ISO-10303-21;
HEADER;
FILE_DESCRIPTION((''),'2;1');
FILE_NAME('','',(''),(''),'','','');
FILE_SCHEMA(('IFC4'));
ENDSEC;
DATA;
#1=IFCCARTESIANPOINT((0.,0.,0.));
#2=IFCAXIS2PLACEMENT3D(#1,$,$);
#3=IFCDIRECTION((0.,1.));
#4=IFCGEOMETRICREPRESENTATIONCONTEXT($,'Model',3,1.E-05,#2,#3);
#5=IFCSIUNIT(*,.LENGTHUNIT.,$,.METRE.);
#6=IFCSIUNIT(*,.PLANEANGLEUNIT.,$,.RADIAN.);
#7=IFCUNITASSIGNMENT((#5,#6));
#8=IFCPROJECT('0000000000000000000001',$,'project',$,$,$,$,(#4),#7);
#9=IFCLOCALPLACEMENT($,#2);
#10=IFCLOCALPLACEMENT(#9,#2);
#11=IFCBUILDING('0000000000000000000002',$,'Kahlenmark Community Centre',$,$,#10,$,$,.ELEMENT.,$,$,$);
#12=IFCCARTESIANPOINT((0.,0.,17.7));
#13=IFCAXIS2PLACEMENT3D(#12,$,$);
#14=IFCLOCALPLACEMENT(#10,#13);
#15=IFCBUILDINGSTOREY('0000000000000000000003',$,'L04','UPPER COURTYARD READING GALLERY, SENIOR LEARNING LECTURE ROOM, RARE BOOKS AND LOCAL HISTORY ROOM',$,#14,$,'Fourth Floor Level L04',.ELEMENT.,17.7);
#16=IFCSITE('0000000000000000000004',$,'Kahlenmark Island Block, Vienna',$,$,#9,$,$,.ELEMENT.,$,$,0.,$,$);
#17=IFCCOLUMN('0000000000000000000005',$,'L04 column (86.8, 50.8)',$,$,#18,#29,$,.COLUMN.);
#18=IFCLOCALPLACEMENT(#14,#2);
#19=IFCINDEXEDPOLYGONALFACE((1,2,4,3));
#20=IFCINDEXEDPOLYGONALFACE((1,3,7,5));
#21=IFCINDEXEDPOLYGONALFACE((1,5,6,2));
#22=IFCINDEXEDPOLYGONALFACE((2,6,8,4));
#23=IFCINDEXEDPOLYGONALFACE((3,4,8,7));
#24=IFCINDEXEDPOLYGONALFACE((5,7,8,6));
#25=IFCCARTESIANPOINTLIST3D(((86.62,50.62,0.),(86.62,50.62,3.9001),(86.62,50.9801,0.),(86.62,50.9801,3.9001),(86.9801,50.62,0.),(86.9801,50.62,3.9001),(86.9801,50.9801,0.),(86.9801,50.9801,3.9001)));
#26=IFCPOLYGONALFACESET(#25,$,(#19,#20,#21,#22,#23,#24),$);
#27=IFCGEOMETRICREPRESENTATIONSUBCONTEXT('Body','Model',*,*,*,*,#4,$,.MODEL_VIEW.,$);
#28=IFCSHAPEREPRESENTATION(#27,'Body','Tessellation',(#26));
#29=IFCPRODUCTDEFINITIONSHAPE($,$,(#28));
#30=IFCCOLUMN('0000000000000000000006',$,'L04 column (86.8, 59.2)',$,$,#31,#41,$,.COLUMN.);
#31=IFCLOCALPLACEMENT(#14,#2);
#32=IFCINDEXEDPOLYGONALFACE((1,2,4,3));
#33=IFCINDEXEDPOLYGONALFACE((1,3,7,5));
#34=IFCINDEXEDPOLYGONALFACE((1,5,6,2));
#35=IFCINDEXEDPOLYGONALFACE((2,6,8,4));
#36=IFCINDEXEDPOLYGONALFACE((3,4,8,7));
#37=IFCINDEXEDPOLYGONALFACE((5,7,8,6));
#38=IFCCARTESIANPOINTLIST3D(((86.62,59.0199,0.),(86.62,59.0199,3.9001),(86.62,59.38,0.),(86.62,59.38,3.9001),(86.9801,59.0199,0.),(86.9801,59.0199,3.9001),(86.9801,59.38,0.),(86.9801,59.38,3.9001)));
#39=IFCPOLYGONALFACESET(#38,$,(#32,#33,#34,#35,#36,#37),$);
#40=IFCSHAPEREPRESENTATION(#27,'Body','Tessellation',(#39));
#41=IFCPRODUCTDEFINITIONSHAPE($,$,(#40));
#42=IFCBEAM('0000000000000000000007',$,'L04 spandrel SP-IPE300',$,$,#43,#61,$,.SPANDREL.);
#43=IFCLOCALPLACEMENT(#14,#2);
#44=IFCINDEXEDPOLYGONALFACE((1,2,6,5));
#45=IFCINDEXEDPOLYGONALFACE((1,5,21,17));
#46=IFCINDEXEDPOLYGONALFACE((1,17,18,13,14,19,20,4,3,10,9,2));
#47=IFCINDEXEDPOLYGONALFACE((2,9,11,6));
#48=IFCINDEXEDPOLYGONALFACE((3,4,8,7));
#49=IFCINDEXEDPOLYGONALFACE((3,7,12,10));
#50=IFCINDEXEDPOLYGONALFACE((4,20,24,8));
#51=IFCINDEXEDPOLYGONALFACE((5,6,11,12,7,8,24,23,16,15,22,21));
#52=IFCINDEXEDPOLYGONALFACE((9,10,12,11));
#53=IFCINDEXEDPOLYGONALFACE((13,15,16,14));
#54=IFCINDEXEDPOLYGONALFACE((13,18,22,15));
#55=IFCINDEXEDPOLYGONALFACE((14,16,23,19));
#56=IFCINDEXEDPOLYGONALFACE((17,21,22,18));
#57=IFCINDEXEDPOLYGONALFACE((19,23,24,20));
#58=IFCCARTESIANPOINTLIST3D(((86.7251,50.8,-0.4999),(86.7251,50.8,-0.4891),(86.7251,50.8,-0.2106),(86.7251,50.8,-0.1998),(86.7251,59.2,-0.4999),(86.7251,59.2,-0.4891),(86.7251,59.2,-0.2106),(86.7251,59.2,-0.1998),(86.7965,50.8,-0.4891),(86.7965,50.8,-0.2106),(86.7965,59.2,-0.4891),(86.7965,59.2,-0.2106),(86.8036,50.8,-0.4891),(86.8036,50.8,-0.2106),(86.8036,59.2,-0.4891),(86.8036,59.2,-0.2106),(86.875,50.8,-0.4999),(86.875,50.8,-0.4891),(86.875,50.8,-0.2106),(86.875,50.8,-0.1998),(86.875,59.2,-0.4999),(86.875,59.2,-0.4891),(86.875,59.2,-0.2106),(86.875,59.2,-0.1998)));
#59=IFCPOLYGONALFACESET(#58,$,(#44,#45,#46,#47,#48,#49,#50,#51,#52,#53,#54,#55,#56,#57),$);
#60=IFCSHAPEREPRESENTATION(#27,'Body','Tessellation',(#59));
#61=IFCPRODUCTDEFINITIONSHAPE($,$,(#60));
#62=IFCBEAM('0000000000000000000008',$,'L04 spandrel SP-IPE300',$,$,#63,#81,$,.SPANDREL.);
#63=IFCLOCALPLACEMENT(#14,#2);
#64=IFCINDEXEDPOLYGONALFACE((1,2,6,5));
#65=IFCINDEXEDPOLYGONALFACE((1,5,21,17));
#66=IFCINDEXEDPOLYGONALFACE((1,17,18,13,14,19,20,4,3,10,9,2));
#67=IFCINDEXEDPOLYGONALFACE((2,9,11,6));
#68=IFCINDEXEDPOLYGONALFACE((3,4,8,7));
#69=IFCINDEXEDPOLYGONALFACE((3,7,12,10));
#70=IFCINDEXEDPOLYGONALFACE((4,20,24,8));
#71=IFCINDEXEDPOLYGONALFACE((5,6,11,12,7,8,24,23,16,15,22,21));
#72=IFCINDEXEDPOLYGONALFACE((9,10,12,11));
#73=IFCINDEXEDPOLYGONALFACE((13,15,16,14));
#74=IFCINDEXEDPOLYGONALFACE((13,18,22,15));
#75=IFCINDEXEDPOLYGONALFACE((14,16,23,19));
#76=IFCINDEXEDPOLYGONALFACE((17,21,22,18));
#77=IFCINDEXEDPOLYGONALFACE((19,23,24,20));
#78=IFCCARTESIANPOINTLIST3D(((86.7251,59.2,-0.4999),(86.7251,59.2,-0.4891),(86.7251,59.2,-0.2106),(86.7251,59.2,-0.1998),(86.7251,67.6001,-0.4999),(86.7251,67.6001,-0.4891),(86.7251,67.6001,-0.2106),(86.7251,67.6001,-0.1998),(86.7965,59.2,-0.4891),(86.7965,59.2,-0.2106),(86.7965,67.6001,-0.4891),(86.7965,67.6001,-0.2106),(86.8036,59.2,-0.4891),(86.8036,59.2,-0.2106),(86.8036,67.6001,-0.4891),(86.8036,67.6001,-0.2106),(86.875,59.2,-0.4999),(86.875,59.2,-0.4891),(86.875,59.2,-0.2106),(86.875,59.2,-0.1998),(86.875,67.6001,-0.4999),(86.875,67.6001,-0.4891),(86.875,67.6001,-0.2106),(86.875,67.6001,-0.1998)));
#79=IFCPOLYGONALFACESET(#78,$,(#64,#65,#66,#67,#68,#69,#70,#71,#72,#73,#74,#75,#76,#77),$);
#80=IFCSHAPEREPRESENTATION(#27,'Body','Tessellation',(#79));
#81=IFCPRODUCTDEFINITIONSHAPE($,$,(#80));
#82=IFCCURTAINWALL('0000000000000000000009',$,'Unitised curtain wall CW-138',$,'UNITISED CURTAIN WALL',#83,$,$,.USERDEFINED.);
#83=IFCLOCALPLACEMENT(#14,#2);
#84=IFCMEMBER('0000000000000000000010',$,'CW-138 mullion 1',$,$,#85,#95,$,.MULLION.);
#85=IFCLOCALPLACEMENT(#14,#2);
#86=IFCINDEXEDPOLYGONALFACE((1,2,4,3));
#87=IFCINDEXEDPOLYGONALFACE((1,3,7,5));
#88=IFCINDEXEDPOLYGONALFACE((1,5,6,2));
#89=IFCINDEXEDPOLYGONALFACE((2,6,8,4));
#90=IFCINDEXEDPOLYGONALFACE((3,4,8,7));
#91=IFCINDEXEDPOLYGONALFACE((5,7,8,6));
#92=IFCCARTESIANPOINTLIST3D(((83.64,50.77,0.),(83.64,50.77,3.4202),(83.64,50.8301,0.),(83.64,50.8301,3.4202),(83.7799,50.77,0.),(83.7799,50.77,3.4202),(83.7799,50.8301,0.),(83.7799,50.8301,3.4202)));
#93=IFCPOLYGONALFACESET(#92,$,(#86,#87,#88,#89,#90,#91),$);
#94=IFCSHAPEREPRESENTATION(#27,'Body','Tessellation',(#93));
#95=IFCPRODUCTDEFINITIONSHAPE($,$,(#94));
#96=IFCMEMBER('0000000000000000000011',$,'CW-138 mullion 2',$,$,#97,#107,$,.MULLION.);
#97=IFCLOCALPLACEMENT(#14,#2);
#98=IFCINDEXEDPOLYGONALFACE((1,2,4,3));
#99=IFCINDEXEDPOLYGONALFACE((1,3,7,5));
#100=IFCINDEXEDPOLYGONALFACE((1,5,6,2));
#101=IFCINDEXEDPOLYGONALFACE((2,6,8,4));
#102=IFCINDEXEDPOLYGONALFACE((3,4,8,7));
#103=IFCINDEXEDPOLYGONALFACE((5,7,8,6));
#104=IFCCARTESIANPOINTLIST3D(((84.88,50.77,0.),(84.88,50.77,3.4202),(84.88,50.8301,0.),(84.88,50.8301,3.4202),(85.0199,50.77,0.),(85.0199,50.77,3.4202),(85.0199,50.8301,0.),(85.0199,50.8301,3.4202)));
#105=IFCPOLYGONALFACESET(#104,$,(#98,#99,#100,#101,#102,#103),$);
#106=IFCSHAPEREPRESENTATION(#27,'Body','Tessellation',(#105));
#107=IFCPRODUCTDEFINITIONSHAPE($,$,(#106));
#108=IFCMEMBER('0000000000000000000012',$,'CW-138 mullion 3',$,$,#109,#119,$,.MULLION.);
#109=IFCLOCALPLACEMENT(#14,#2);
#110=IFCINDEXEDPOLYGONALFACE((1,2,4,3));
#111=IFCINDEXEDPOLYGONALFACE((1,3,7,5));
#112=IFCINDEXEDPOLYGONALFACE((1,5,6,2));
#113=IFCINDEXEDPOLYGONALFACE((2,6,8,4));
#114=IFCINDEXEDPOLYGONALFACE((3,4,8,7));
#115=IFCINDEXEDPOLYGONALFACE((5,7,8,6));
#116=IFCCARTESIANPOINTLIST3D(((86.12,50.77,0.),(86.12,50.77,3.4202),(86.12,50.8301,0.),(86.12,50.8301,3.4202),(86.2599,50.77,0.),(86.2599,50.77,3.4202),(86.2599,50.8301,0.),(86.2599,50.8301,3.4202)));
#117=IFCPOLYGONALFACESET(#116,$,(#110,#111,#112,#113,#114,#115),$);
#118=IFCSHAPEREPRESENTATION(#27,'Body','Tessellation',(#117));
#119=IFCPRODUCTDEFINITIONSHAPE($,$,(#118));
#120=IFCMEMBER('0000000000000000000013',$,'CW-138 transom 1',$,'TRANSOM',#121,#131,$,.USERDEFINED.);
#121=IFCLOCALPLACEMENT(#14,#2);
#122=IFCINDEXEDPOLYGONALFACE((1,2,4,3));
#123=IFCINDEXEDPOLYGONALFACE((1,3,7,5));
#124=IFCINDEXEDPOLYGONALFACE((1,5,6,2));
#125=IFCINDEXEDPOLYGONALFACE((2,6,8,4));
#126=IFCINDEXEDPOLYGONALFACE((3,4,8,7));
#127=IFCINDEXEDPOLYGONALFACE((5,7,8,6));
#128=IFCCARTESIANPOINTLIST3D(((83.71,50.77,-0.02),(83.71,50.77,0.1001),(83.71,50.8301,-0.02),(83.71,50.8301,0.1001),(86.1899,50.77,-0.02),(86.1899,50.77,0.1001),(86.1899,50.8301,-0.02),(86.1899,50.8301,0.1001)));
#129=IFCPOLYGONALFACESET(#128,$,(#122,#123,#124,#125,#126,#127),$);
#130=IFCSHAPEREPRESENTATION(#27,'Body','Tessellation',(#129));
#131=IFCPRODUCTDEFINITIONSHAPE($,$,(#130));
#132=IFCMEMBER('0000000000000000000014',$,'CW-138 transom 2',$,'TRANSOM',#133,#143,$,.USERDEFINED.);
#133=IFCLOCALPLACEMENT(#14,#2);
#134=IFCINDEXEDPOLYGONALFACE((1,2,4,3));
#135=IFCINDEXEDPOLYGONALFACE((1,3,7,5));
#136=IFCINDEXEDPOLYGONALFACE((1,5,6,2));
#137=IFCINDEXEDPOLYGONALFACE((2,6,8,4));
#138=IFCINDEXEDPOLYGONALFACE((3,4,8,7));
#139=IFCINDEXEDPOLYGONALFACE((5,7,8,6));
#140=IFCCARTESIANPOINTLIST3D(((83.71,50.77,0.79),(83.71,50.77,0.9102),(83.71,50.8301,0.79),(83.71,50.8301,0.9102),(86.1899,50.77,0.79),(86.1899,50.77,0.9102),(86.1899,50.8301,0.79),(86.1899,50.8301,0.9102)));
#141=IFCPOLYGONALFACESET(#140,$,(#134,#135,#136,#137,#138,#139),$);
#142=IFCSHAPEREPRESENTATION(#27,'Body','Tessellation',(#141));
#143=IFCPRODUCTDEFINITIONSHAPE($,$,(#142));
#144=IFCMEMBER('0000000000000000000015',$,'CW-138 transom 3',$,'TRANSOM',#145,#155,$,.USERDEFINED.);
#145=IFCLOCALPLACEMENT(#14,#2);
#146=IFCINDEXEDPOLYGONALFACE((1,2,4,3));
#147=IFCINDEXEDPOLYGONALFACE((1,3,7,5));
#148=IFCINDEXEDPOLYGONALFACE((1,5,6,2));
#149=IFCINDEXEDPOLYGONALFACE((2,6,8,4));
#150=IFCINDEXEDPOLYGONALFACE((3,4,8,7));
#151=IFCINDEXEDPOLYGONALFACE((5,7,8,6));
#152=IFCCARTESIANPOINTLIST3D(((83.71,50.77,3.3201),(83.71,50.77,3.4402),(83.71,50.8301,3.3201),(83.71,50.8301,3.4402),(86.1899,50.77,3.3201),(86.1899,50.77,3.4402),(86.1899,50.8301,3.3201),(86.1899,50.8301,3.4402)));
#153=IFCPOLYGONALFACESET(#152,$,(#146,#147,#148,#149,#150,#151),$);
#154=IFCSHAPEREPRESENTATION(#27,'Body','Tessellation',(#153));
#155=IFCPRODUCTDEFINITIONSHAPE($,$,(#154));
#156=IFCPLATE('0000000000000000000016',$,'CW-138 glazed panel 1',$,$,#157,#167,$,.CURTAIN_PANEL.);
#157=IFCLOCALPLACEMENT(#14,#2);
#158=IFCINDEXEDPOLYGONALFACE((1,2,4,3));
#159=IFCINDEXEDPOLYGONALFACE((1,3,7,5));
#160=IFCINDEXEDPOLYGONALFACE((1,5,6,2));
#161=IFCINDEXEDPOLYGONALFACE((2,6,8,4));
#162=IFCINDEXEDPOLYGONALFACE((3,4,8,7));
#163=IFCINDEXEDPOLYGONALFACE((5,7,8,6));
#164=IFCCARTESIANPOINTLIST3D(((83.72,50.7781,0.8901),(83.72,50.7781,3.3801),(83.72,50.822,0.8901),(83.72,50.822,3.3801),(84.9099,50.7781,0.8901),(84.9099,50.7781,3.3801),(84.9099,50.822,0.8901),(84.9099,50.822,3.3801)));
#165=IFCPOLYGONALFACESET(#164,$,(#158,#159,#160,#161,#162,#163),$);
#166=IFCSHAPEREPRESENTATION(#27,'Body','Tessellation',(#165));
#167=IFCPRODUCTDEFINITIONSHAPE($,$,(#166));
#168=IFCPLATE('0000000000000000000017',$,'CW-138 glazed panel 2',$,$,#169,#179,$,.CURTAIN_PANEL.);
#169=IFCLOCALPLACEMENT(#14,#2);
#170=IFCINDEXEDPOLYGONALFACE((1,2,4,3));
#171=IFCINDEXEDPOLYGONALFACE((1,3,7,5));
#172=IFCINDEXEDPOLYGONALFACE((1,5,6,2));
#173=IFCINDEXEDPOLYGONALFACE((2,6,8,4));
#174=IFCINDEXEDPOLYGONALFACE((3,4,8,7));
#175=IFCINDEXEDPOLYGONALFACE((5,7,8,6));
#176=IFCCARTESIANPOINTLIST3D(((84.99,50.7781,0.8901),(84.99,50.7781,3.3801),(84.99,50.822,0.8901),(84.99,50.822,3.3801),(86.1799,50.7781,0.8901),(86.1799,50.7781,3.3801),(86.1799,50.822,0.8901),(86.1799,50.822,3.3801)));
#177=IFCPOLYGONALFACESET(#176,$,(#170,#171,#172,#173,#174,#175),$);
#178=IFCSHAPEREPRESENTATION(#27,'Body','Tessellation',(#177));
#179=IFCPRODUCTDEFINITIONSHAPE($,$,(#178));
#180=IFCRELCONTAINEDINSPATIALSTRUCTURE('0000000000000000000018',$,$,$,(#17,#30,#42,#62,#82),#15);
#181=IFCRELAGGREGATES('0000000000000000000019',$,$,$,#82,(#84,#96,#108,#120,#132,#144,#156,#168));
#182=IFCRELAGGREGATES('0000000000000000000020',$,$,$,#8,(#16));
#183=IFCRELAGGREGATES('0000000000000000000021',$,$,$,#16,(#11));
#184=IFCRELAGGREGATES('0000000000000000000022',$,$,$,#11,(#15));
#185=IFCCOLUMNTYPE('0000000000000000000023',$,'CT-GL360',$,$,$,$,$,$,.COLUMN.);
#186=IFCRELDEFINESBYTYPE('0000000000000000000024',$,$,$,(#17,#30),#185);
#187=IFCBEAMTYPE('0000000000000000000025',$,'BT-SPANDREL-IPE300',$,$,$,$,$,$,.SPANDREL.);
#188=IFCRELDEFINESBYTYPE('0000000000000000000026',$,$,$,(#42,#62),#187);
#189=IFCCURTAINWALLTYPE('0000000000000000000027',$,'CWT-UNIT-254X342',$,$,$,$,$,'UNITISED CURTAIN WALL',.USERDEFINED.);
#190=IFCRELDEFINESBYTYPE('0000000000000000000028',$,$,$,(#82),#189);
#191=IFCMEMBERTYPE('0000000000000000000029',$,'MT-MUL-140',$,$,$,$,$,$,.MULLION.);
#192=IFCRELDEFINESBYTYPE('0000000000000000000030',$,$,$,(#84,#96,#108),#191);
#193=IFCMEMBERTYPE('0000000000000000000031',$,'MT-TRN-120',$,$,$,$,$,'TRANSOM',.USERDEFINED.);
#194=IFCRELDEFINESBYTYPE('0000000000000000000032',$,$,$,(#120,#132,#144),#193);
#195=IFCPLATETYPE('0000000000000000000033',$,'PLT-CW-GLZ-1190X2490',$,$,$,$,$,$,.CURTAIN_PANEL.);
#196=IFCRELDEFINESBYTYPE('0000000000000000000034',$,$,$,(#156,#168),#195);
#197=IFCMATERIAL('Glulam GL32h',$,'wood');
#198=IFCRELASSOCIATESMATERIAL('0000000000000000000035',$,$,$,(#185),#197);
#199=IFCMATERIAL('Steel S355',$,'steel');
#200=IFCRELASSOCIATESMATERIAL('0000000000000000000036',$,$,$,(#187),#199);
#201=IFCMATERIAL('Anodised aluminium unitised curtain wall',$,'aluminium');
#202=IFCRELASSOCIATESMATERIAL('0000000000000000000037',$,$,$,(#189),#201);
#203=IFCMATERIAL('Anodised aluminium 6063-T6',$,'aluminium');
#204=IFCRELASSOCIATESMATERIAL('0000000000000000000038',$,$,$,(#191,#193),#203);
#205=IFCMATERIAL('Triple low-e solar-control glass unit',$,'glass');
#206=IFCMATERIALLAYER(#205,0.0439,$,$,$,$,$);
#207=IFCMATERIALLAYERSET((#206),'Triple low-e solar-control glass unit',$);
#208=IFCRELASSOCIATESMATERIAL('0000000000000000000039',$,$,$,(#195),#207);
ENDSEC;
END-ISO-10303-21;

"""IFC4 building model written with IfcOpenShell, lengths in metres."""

from ifc_helpers import new_model, si_unit, direction, frame, origin, origin_2d, place, context, subcontext, project, spatial, rectangle, i_section, extrude, material, layer, layer_set, material_profile, profile_set, type_object, element, aggregate, save


model = new_model("IFC4")

# Units and contexts
model_context = context("Model", 3, precision=1e-05, world=origin(), true_north=direction((0.0, 1.0)))
body_context = subcontext(model_context, "Body", "Model", "MODEL_VIEW")
ifc_project = project(units=[si_unit("LENGTHUNIT", "METRE"), si_unit("PLANEANGLEUNIT", "RADIAN")], contexts=[model_context])

# Site, building, storey
site_placement = place(None, origin())
site = spatial("IfcSite", under=ifc_project, at=site_placement, Name="Kahlenmark Island Block, Vienna", CompositionType="ELEMENT", RefElevation=0.0)
building_placement = place(site_placement, origin())
building = spatial("IfcBuilding", under=site, at=building_placement, Name="Kahlenmark Community Centre", CompositionType="ELEMENT")
storey_placement = place(building_placement, frame((0.0, 0.0, 17.7)))
storey = spatial("IfcBuildingStorey", under=building, at=storey_placement, Name="L04", Description="UPPER COURTYARD READING GALLERY, SENIOR LEARNING LECTURE ROOM, RARE BOOKS AND LOCAL HISTORY ROOM", LongName="Fourth Floor Level L04", CompositionType="ELEMENT", Elevation=17.7)

# Columns
ifc_material_1 = material(Name="Glulam GL32h", Category="wood")
ifc_material_profile_1 = material_profile(ifc_material_1, rectangle(XDim=0.3601, YDim=0.3601, at=origin_2d()), Name="GL32h 360x360")
ifc_profile_set_1 = profile_set([ifc_material_profile_1], Name="Glulam GL32h")
column_type = type_object("IfcColumnType", Name="CT-GL360", PredefinedType="COLUMN", material=ifc_profile_set_1)
for number, where, z_axis, x_axis, name in (
    (1, (86.8, 50.8, 0.0), (0.0, 0.0, 1.0), (1.0, 0.0, 0.0), "L04 column (86.8, 50.8)"),
    (2, (86.8, 59.2, 0.0), (0.0, 0.0, 1.0), (1.0, 0.0, 0.0), "L04 column (86.8, 59.2)"),
):
    element("IfcColumn", number, at=place(storey_placement, frame(where, z_axis=z_axis, x_axis=x_axis)), inside=storey, type_object=column_type, Name=name, PredefinedType="COLUMN", context=body_context, shape_type="SweptSolid", body=[
        extrude(rectangle(XDim=0.3601, YDim=0.3601, at=origin_2d()), origin(), (0.0, 0.0, 1.0), 3.9001),
    ])

# Beams
ifc_material_2 = material(Name="Steel S355", Category="steel")
ifc_material_profile_2 = material_profile(ifc_material_2, i_section(OverallWidth=0.1499, OverallDepth=0.3, WebThickness=0.0071, FlangeThickness=0.0107, at=origin_2d()), Name="IPE 300")
ifc_profile_set_2 = profile_set([ifc_material_profile_2], Name="Steel S355")
beam_type = type_object("IfcBeamType", Name="BT-SPANDREL-IPE300", PredefinedType="SPANDREL", material=ifc_profile_set_2)
beam_1_placement = place(storey_placement, frame((86.8, 50.8, -0.3499), z_axis=(0.0, 1.0, 0.0), x_axis=(-1.0, 0.0, 0.0)))
element("IfcBeam", 3, at=beam_1_placement, inside=storey, type_object=beam_type, Name="L04 spandrel SP-IPE300", PredefinedType="SPANDREL", context=body_context, shape_type="SweptSolid", body=[
    extrude(i_section(OverallWidth=0.1499, OverallDepth=0.3, WebThickness=0.0071, FlangeThickness=0.0107, at=origin_2d()), origin(), (0.0, 0.0, 1.0), 8.3999),
])
beam_2_placement = place(storey_placement, frame((86.8, 59.2, -0.3499), z_axis=(0.0, 1.0, 0.0), x_axis=(-1.0, 0.0, 0.0)))
element("IfcBeam", 4, at=beam_2_placement, inside=storey, type_object=beam_type, Name="L04 spandrel SP-IPE300", PredefinedType="SPANDREL", context=body_context, shape_type="SweptSolid", body=[
    extrude(i_section(OverallWidth=0.1499, OverallDepth=0.3, WebThickness=0.0071, FlangeThickness=0.0107, at=origin_2d()), origin(), (0.0, 0.0, 1.0), 8.4001),
])

# Curtain wall, members, plates
ifc_material_3 = material(Name="Anodised aluminium unitised curtain wall", Category="aluminium")
curtain_wall_type = type_object("IfcCurtainWallType", Name="CWT-UNIT-254X342", ElementType="UNITISED CURTAIN WALL", PredefinedType="USERDEFINED", material=ifc_material_3)
curtain_wall_placement = place(storey_placement, origin())
curtain_wall = element("IfcCurtainWall", 5, at=curtain_wall_placement, inside=storey, type_object=curtain_wall_type, Name="Unitised curtain wall CW-138", ObjectType="UNITISED CURTAIN WALL", PredefinedType="USERDEFINED")
ifc_material_4 = material(Name="Anodised aluminium 6063-T6", Category="aluminium")
ifc_material_profile_3 = material_profile(ifc_material_4, rectangle(XDim=0.0601, YDim=0.1399, at=origin_2d()), Name="ALU MULLION 60x140")
ifc_profile_set_3 = profile_set([ifc_material_profile_3], Name="Anodised aluminium 6063-T6")
member_type_1 = type_object("IfcMemberType", Name="MT-MUL-140", PredefinedType="MULLION", material=ifc_profile_set_3)
member_1_placement = place(storey_placement, frame((83.71, 50.8, 0.0), z_axis=(0.0, 0.0, 1.0), x_axis=(0.0, 1.0, 0.0)))
member_1 = element("IfcMember", 6, at=member_1_placement, type_object=member_type_1, Name="CW-138 mullion 1", PredefinedType="MULLION", context=body_context, shape_type="SweptSolid", body=[
    extrude(rectangle(XDim=0.0601, YDim=0.1399, at=origin_2d()), origin(), (0.0, 0.0, 1.0), 3.4202),
])
member_2_placement = place(storey_placement, frame((84.95, 50.8, 0.0), z_axis=(0.0, 0.0, 1.0), x_axis=(0.0, 1.0, 0.0)))
member_2 = element("IfcMember", 7, at=member_2_placement, type_object=member_type_1, Name="CW-138 mullion 2", PredefinedType="MULLION", context=body_context, shape_type="SweptSolid", body=[
    extrude(rectangle(XDim=0.0601, YDim=0.1399, at=origin_2d()), origin(), (0.0, 0.0, 1.0), 3.4202),
])
member_3_placement = place(storey_placement, frame((86.1899, 50.8, 0.0), z_axis=(0.0, 0.0, 1.0), x_axis=(0.0, 1.0, 0.0)))
member_3 = element("IfcMember", 8, at=member_3_placement, type_object=member_type_1, Name="CW-138 mullion 3", PredefinedType="MULLION", context=body_context, shape_type="SweptSolid", body=[
    extrude(rectangle(XDim=0.0601, YDim=0.1399, at=origin_2d()), origin(), (0.0, 0.0, 1.0), 3.4202),
])
ifc_material_profile_4 = material_profile(ifc_material_4, rectangle(XDim=0.0601, YDim=0.1201, at=origin_2d()), Name="ALU TRANSOM 60x120")
ifc_profile_set_4 = profile_set([ifc_material_profile_4], Name="Anodised aluminium 6063-T6")
member_type_2 = type_object("IfcMemberType", Name="MT-TRN-120", ElementType="TRANSOM", PredefinedType="USERDEFINED", material=ifc_profile_set_4)
member_4_placement = place(storey_placement, frame((83.71, 50.8, 0.04), z_axis=(1.0, 0.0, 0.0), x_axis=(0.0, 1.0, 0.0)))
member_4 = element("IfcMember", 9, at=member_4_placement, type_object=member_type_2, Name="CW-138 transom 1", ObjectType="TRANSOM", PredefinedType="USERDEFINED", context=body_context, shape_type="SweptSolid", body=[
    extrude(rectangle(XDim=0.0601, YDim=0.1201, at=origin_2d()), origin(), (0.0, 0.0, 1.0), 2.48),
])
member_5_placement = place(storey_placement, frame((83.71, 50.8, 0.8501), z_axis=(1.0, 0.0, 0.0), x_axis=(0.0, 1.0, 0.0)))
member_5 = element("IfcMember", 10, at=member_5_placement, type_object=member_type_2, Name="CW-138 transom 2", ObjectType="TRANSOM", PredefinedType="USERDEFINED", context=body_context, shape_type="SweptSolid", body=[
    extrude(rectangle(XDim=0.0601, YDim=0.1201, at=origin_2d()), origin(), (0.0, 0.0, 1.0), 2.48),
])
member_6_placement = place(storey_placement, frame((83.71, 50.8, 3.3801), z_axis=(1.0, 0.0, 0.0), x_axis=(0.0, 1.0, 0.0)))
member_6 = element("IfcMember", 11, at=member_6_placement, type_object=member_type_2, Name="CW-138 transom 3", ObjectType="TRANSOM", PredefinedType="USERDEFINED", context=body_context, shape_type="SweptSolid", body=[
    extrude(rectangle(XDim=0.0601, YDim=0.1201, at=origin_2d()), origin(), (0.0, 0.0, 1.0), 2.48),
])
ifc_material_5 = material(Name="Triple low-e solar-control glass unit", Category="glass")
ifc_layer_1 = layer(ifc_material_5, 0.0439)
ifc_layer_set_1 = layer_set([ifc_layer_1], Name="Triple low-e solar-control glass unit")
plate_type_1 = type_object("IfcPlateType", Name="PLT-CW-GLZ-1190X2490", PredefinedType="CURTAIN_PANEL", material=ifc_layer_set_1)
plate_1_placement = place(storey_placement, frame((84.3149, 50.8, 0.8901), z_axis=(0.0, 0.0, 1.0), x_axis=(1.0, 0.0, 0.0)))
plate_1 = element("IfcPlate", 12, at=plate_1_placement, type_object=plate_type_1, Name="CW-138 glazed panel 1", PredefinedType="CURTAIN_PANEL", context=body_context, shape_type="SweptSolid", body=[
    extrude(rectangle(XDim=1.1899, YDim=0.0439, at=origin_2d()), origin(), (0.0, 0.0, 1.0), 2.49),
])
plate_2_placement = place(storey_placement, frame((85.585, 50.8, 0.8901), z_axis=(0.0, 0.0, 1.0), x_axis=(1.0, 0.0, 0.0)))
plate_2 = element("IfcPlate", 13, at=plate_2_placement, type_object=plate_type_1, Name="CW-138 glazed panel 2", PredefinedType="CURTAIN_PANEL", context=body_context, shape_type="SweptSolid", body=[
    extrude(rectangle(XDim=1.1899, YDim=0.0439, at=origin_2d()), origin(), (0.0, 0.0, 1.0), 2.49),
])
aggregate(curtain_wall, [member_1, member_2, member_3, member_4, member_5, member_6, plate_1, plate_2])

save(model, "model.ifc")
